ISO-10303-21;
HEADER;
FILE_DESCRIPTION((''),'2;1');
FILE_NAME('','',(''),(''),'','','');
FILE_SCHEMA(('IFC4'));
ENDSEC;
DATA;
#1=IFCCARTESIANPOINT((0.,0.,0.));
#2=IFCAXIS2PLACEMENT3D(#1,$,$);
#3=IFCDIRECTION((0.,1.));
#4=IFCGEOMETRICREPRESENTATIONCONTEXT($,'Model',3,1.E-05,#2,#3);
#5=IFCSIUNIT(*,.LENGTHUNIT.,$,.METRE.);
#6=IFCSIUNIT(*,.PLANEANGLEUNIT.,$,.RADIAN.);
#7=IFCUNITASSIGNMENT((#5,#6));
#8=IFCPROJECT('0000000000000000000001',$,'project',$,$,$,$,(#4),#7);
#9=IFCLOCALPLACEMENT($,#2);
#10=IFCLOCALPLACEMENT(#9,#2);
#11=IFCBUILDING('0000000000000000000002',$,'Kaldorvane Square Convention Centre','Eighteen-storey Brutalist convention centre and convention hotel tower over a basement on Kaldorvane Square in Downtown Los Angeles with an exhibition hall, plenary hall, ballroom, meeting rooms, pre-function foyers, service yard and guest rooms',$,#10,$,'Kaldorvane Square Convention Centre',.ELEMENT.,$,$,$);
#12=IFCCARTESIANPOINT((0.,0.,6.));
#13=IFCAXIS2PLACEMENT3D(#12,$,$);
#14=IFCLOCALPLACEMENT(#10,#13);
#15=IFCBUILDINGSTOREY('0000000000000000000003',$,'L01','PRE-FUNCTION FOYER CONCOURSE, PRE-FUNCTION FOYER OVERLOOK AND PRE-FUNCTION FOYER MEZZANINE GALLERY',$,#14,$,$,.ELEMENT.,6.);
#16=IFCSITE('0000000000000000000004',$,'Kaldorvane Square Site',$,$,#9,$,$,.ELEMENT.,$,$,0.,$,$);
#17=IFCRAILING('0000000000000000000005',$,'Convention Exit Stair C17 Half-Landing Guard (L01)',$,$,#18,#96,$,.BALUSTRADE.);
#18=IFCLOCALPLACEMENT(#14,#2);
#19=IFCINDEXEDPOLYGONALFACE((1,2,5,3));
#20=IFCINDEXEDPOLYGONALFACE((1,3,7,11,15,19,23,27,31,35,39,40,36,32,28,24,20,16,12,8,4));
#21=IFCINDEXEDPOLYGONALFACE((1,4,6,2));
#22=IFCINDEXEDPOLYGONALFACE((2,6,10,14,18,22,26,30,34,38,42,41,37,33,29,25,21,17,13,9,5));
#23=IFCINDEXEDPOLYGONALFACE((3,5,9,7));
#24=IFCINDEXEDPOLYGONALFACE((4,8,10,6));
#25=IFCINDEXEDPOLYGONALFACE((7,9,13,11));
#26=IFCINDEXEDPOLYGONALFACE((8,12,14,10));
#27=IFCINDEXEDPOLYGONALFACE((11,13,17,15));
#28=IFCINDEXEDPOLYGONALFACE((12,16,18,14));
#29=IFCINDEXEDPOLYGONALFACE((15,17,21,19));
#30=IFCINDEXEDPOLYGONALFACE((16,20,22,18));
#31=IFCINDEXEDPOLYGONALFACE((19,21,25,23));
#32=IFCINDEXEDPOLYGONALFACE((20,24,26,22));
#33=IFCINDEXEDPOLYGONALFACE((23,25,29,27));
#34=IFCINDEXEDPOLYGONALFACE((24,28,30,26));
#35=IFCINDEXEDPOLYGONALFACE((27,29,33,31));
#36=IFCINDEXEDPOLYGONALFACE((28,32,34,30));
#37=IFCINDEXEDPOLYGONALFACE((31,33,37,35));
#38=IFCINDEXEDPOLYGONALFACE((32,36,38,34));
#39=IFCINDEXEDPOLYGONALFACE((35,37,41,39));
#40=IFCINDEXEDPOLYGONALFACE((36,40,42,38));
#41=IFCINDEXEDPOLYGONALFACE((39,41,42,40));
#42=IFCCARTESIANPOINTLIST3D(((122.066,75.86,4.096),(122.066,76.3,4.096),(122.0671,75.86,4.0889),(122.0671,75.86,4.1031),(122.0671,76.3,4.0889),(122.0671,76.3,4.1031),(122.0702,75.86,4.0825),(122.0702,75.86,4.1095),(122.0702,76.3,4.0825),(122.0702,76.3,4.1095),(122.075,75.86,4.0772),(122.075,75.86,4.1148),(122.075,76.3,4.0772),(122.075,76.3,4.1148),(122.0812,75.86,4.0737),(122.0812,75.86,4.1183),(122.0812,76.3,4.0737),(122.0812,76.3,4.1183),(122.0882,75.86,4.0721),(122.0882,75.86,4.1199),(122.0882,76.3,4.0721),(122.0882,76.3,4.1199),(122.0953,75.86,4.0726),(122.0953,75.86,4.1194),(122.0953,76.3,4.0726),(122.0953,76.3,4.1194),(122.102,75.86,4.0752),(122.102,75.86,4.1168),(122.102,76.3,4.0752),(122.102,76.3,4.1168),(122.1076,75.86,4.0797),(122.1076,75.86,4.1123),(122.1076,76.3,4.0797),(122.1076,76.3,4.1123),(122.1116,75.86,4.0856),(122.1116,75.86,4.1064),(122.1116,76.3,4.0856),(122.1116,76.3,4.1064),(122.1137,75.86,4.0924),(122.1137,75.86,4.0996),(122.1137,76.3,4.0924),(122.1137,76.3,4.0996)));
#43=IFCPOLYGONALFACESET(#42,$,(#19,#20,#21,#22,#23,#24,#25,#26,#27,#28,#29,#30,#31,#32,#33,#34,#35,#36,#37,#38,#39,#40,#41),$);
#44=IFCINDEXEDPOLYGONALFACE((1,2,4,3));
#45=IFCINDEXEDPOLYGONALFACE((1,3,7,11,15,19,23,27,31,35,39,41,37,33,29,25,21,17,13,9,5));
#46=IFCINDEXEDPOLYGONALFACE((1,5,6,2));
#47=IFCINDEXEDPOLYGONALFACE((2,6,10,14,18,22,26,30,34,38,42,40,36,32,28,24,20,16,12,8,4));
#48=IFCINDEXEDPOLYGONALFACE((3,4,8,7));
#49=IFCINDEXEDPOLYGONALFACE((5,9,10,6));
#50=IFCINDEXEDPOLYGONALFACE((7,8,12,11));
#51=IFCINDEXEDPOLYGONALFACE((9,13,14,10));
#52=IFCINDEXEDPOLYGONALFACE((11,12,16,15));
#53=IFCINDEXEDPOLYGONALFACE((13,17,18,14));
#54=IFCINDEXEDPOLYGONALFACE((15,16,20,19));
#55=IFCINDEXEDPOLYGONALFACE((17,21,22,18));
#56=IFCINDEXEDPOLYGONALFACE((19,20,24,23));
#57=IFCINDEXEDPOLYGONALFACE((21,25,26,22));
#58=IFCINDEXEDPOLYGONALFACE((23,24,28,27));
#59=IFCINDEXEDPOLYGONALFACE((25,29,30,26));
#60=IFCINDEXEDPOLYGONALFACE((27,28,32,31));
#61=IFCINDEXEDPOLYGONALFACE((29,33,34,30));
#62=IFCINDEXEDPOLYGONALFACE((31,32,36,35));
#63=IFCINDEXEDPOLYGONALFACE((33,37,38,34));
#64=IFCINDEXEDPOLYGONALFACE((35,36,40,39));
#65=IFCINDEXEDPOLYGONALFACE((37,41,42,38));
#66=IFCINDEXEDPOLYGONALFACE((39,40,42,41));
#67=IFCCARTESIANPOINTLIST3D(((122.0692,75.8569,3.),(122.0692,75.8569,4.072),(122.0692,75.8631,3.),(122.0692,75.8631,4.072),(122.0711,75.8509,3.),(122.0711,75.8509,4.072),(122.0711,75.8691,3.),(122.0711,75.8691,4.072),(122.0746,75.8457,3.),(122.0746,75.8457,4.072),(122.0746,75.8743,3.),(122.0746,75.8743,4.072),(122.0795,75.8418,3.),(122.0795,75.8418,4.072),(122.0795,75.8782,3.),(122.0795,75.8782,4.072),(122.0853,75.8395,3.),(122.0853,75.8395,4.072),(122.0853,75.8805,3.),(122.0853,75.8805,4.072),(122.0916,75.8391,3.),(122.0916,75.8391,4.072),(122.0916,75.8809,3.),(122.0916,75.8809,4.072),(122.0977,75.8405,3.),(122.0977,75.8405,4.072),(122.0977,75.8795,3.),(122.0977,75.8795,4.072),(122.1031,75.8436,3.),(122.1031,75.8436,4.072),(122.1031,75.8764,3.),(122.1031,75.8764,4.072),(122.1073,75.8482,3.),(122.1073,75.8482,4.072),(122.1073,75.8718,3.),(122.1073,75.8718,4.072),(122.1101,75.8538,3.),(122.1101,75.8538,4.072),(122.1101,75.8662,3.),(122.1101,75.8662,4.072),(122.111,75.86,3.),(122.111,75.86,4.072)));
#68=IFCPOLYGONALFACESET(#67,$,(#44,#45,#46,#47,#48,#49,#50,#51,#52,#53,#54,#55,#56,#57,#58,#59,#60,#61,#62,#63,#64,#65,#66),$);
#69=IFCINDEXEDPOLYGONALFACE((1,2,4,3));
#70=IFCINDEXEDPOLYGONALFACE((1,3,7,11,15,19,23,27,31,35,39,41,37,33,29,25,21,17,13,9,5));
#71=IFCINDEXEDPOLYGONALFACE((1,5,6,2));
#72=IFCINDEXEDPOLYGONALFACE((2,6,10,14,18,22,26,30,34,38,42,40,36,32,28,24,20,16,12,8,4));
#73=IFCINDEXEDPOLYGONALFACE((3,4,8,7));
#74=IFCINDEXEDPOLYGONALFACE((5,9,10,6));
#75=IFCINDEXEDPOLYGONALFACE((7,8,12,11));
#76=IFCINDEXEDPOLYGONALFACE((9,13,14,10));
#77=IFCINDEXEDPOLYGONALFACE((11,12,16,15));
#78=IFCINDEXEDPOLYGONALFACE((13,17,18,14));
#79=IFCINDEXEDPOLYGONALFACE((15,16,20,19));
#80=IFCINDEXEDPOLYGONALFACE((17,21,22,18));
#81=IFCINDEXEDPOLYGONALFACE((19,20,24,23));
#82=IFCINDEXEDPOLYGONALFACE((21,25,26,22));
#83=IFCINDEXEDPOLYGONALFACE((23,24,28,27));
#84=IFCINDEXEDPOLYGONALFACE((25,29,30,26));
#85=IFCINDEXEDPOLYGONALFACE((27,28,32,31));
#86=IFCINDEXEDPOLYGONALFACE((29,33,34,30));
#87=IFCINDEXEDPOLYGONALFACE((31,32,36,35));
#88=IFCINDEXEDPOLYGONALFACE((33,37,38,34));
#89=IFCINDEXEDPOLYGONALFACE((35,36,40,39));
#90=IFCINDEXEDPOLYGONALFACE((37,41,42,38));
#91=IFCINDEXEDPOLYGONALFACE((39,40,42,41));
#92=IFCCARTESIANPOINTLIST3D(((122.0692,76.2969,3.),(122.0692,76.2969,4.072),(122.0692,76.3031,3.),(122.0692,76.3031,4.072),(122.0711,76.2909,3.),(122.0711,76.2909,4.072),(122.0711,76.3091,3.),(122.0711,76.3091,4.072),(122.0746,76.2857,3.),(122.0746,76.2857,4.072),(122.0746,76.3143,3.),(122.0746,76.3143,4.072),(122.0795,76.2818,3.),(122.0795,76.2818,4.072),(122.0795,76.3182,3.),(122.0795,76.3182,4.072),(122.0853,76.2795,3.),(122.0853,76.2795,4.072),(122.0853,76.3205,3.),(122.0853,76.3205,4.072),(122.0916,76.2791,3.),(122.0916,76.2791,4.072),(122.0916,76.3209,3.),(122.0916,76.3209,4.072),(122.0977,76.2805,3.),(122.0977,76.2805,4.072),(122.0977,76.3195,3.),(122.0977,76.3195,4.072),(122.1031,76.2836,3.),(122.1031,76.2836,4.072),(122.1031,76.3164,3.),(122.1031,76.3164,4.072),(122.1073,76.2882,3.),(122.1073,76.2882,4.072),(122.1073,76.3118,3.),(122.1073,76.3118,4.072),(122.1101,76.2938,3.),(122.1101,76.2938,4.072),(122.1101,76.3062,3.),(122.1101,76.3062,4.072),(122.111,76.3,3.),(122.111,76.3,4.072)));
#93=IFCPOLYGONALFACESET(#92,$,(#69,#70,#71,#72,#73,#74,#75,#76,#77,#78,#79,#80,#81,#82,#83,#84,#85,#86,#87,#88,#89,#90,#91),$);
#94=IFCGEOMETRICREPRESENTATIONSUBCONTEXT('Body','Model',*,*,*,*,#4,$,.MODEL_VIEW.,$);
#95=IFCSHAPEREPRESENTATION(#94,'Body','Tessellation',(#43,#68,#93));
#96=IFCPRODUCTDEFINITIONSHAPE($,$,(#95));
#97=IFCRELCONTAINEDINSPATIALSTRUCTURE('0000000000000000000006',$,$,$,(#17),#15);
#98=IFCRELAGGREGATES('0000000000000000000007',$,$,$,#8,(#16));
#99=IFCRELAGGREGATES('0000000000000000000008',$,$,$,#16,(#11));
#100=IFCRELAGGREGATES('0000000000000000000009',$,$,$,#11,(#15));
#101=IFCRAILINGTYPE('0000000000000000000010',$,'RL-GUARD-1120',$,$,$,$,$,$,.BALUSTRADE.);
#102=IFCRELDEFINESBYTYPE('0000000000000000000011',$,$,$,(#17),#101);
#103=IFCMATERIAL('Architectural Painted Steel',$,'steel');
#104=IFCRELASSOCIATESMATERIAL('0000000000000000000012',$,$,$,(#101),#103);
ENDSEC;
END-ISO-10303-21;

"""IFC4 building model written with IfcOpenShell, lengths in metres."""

from ifc_helpers import new_model, si_unit, direction, frame, origin, origin_2d, place, context, subcontext, project, spatial, circle, extrude, material, type_object, element, save


model = new_model("IFC4")

# Units and contexts
model_context = context("Model", 3, precision=1e-05, world=origin(), true_north=direction((0.0, 1.0)))
body_context = subcontext(model_context, "Body", "Model", "MODEL_VIEW")
ifc_project = project(units=[si_unit("LENGTHUNIT", "METRE"), si_unit("PLANEANGLEUNIT", "RADIAN")], contexts=[model_context])

# Site, building, storey
site_placement = place(None, origin())
site = spatial("IfcSite", under=ifc_project, at=site_placement, Name="Kaldorvane Square Site", CompositionType="ELEMENT", RefElevation=0.0)
building_placement = place(site_placement, origin())
building = spatial("IfcBuilding", under=site, at=building_placement, Name="Kaldorvane Square Convention Centre", Description="Eighteen-storey Brutalist convention centre and convention hotel tower over a basement on Kaldorvane Square in Downtown Los Angeles with an exhibition hall, plenary hall, ballroom, meeting rooms, pre-function foyers, service yard and guest rooms", LongName="Kaldorvane Square Convention Centre", CompositionType="ELEMENT")
storey_placement = place(building_placement, frame((0.0, 0.0, 6.0)))
storey = spatial("IfcBuildingStorey", under=building, at=storey_placement, Name="L01", Description="PRE-FUNCTION FOYER CONCOURSE, PRE-FUNCTION FOYER OVERLOOK AND PRE-FUNCTION FOYER MEZZANINE GALLERY", CompositionType="ELEMENT", Elevation=6.0)

# Railing
ifc_material_1 = material(Name="Architectural Painted Steel", Category="steel")
railing_type_1 = type_object("IfcRailingType", Name="RL-GUARD-1120", PredefinedType="BALUSTRADE", material=ifc_material_1)
for number, where, name in (
    (1, (122.09, 75.86, 3.0), "Convention Exit Stair C17 Half-Landing Guard (L01)"),
):
    element("IfcRailing", number, at=place(storey_placement, frame(where)), inside=storey, type_object=railing_type_1, Name=name, PredefinedType="BALUSTRADE", context=body_context, shape_type="SweptSolid", body=[
        extrude(circle(Radius=0.024, at=origin_2d()), frame((0.0, 0.0, 1.096), z_axis=(0.0, 1.0, 0.0), x_axis=(-1.0, 0.0, 0.0)), (0.0, 0.0, 1.0), 0.44),
        extrude(circle(Radius=0.021, at=origin_2d()), origin(), (0.0, 0.0, 1.0), 1.072),
        extrude(circle(Radius=0.021, at=origin_2d()), frame((0.0, 0.44, 0.0)), (0.0, 0.0, 1.0), 1.072),
    ])

save(model, "model.ifc")
